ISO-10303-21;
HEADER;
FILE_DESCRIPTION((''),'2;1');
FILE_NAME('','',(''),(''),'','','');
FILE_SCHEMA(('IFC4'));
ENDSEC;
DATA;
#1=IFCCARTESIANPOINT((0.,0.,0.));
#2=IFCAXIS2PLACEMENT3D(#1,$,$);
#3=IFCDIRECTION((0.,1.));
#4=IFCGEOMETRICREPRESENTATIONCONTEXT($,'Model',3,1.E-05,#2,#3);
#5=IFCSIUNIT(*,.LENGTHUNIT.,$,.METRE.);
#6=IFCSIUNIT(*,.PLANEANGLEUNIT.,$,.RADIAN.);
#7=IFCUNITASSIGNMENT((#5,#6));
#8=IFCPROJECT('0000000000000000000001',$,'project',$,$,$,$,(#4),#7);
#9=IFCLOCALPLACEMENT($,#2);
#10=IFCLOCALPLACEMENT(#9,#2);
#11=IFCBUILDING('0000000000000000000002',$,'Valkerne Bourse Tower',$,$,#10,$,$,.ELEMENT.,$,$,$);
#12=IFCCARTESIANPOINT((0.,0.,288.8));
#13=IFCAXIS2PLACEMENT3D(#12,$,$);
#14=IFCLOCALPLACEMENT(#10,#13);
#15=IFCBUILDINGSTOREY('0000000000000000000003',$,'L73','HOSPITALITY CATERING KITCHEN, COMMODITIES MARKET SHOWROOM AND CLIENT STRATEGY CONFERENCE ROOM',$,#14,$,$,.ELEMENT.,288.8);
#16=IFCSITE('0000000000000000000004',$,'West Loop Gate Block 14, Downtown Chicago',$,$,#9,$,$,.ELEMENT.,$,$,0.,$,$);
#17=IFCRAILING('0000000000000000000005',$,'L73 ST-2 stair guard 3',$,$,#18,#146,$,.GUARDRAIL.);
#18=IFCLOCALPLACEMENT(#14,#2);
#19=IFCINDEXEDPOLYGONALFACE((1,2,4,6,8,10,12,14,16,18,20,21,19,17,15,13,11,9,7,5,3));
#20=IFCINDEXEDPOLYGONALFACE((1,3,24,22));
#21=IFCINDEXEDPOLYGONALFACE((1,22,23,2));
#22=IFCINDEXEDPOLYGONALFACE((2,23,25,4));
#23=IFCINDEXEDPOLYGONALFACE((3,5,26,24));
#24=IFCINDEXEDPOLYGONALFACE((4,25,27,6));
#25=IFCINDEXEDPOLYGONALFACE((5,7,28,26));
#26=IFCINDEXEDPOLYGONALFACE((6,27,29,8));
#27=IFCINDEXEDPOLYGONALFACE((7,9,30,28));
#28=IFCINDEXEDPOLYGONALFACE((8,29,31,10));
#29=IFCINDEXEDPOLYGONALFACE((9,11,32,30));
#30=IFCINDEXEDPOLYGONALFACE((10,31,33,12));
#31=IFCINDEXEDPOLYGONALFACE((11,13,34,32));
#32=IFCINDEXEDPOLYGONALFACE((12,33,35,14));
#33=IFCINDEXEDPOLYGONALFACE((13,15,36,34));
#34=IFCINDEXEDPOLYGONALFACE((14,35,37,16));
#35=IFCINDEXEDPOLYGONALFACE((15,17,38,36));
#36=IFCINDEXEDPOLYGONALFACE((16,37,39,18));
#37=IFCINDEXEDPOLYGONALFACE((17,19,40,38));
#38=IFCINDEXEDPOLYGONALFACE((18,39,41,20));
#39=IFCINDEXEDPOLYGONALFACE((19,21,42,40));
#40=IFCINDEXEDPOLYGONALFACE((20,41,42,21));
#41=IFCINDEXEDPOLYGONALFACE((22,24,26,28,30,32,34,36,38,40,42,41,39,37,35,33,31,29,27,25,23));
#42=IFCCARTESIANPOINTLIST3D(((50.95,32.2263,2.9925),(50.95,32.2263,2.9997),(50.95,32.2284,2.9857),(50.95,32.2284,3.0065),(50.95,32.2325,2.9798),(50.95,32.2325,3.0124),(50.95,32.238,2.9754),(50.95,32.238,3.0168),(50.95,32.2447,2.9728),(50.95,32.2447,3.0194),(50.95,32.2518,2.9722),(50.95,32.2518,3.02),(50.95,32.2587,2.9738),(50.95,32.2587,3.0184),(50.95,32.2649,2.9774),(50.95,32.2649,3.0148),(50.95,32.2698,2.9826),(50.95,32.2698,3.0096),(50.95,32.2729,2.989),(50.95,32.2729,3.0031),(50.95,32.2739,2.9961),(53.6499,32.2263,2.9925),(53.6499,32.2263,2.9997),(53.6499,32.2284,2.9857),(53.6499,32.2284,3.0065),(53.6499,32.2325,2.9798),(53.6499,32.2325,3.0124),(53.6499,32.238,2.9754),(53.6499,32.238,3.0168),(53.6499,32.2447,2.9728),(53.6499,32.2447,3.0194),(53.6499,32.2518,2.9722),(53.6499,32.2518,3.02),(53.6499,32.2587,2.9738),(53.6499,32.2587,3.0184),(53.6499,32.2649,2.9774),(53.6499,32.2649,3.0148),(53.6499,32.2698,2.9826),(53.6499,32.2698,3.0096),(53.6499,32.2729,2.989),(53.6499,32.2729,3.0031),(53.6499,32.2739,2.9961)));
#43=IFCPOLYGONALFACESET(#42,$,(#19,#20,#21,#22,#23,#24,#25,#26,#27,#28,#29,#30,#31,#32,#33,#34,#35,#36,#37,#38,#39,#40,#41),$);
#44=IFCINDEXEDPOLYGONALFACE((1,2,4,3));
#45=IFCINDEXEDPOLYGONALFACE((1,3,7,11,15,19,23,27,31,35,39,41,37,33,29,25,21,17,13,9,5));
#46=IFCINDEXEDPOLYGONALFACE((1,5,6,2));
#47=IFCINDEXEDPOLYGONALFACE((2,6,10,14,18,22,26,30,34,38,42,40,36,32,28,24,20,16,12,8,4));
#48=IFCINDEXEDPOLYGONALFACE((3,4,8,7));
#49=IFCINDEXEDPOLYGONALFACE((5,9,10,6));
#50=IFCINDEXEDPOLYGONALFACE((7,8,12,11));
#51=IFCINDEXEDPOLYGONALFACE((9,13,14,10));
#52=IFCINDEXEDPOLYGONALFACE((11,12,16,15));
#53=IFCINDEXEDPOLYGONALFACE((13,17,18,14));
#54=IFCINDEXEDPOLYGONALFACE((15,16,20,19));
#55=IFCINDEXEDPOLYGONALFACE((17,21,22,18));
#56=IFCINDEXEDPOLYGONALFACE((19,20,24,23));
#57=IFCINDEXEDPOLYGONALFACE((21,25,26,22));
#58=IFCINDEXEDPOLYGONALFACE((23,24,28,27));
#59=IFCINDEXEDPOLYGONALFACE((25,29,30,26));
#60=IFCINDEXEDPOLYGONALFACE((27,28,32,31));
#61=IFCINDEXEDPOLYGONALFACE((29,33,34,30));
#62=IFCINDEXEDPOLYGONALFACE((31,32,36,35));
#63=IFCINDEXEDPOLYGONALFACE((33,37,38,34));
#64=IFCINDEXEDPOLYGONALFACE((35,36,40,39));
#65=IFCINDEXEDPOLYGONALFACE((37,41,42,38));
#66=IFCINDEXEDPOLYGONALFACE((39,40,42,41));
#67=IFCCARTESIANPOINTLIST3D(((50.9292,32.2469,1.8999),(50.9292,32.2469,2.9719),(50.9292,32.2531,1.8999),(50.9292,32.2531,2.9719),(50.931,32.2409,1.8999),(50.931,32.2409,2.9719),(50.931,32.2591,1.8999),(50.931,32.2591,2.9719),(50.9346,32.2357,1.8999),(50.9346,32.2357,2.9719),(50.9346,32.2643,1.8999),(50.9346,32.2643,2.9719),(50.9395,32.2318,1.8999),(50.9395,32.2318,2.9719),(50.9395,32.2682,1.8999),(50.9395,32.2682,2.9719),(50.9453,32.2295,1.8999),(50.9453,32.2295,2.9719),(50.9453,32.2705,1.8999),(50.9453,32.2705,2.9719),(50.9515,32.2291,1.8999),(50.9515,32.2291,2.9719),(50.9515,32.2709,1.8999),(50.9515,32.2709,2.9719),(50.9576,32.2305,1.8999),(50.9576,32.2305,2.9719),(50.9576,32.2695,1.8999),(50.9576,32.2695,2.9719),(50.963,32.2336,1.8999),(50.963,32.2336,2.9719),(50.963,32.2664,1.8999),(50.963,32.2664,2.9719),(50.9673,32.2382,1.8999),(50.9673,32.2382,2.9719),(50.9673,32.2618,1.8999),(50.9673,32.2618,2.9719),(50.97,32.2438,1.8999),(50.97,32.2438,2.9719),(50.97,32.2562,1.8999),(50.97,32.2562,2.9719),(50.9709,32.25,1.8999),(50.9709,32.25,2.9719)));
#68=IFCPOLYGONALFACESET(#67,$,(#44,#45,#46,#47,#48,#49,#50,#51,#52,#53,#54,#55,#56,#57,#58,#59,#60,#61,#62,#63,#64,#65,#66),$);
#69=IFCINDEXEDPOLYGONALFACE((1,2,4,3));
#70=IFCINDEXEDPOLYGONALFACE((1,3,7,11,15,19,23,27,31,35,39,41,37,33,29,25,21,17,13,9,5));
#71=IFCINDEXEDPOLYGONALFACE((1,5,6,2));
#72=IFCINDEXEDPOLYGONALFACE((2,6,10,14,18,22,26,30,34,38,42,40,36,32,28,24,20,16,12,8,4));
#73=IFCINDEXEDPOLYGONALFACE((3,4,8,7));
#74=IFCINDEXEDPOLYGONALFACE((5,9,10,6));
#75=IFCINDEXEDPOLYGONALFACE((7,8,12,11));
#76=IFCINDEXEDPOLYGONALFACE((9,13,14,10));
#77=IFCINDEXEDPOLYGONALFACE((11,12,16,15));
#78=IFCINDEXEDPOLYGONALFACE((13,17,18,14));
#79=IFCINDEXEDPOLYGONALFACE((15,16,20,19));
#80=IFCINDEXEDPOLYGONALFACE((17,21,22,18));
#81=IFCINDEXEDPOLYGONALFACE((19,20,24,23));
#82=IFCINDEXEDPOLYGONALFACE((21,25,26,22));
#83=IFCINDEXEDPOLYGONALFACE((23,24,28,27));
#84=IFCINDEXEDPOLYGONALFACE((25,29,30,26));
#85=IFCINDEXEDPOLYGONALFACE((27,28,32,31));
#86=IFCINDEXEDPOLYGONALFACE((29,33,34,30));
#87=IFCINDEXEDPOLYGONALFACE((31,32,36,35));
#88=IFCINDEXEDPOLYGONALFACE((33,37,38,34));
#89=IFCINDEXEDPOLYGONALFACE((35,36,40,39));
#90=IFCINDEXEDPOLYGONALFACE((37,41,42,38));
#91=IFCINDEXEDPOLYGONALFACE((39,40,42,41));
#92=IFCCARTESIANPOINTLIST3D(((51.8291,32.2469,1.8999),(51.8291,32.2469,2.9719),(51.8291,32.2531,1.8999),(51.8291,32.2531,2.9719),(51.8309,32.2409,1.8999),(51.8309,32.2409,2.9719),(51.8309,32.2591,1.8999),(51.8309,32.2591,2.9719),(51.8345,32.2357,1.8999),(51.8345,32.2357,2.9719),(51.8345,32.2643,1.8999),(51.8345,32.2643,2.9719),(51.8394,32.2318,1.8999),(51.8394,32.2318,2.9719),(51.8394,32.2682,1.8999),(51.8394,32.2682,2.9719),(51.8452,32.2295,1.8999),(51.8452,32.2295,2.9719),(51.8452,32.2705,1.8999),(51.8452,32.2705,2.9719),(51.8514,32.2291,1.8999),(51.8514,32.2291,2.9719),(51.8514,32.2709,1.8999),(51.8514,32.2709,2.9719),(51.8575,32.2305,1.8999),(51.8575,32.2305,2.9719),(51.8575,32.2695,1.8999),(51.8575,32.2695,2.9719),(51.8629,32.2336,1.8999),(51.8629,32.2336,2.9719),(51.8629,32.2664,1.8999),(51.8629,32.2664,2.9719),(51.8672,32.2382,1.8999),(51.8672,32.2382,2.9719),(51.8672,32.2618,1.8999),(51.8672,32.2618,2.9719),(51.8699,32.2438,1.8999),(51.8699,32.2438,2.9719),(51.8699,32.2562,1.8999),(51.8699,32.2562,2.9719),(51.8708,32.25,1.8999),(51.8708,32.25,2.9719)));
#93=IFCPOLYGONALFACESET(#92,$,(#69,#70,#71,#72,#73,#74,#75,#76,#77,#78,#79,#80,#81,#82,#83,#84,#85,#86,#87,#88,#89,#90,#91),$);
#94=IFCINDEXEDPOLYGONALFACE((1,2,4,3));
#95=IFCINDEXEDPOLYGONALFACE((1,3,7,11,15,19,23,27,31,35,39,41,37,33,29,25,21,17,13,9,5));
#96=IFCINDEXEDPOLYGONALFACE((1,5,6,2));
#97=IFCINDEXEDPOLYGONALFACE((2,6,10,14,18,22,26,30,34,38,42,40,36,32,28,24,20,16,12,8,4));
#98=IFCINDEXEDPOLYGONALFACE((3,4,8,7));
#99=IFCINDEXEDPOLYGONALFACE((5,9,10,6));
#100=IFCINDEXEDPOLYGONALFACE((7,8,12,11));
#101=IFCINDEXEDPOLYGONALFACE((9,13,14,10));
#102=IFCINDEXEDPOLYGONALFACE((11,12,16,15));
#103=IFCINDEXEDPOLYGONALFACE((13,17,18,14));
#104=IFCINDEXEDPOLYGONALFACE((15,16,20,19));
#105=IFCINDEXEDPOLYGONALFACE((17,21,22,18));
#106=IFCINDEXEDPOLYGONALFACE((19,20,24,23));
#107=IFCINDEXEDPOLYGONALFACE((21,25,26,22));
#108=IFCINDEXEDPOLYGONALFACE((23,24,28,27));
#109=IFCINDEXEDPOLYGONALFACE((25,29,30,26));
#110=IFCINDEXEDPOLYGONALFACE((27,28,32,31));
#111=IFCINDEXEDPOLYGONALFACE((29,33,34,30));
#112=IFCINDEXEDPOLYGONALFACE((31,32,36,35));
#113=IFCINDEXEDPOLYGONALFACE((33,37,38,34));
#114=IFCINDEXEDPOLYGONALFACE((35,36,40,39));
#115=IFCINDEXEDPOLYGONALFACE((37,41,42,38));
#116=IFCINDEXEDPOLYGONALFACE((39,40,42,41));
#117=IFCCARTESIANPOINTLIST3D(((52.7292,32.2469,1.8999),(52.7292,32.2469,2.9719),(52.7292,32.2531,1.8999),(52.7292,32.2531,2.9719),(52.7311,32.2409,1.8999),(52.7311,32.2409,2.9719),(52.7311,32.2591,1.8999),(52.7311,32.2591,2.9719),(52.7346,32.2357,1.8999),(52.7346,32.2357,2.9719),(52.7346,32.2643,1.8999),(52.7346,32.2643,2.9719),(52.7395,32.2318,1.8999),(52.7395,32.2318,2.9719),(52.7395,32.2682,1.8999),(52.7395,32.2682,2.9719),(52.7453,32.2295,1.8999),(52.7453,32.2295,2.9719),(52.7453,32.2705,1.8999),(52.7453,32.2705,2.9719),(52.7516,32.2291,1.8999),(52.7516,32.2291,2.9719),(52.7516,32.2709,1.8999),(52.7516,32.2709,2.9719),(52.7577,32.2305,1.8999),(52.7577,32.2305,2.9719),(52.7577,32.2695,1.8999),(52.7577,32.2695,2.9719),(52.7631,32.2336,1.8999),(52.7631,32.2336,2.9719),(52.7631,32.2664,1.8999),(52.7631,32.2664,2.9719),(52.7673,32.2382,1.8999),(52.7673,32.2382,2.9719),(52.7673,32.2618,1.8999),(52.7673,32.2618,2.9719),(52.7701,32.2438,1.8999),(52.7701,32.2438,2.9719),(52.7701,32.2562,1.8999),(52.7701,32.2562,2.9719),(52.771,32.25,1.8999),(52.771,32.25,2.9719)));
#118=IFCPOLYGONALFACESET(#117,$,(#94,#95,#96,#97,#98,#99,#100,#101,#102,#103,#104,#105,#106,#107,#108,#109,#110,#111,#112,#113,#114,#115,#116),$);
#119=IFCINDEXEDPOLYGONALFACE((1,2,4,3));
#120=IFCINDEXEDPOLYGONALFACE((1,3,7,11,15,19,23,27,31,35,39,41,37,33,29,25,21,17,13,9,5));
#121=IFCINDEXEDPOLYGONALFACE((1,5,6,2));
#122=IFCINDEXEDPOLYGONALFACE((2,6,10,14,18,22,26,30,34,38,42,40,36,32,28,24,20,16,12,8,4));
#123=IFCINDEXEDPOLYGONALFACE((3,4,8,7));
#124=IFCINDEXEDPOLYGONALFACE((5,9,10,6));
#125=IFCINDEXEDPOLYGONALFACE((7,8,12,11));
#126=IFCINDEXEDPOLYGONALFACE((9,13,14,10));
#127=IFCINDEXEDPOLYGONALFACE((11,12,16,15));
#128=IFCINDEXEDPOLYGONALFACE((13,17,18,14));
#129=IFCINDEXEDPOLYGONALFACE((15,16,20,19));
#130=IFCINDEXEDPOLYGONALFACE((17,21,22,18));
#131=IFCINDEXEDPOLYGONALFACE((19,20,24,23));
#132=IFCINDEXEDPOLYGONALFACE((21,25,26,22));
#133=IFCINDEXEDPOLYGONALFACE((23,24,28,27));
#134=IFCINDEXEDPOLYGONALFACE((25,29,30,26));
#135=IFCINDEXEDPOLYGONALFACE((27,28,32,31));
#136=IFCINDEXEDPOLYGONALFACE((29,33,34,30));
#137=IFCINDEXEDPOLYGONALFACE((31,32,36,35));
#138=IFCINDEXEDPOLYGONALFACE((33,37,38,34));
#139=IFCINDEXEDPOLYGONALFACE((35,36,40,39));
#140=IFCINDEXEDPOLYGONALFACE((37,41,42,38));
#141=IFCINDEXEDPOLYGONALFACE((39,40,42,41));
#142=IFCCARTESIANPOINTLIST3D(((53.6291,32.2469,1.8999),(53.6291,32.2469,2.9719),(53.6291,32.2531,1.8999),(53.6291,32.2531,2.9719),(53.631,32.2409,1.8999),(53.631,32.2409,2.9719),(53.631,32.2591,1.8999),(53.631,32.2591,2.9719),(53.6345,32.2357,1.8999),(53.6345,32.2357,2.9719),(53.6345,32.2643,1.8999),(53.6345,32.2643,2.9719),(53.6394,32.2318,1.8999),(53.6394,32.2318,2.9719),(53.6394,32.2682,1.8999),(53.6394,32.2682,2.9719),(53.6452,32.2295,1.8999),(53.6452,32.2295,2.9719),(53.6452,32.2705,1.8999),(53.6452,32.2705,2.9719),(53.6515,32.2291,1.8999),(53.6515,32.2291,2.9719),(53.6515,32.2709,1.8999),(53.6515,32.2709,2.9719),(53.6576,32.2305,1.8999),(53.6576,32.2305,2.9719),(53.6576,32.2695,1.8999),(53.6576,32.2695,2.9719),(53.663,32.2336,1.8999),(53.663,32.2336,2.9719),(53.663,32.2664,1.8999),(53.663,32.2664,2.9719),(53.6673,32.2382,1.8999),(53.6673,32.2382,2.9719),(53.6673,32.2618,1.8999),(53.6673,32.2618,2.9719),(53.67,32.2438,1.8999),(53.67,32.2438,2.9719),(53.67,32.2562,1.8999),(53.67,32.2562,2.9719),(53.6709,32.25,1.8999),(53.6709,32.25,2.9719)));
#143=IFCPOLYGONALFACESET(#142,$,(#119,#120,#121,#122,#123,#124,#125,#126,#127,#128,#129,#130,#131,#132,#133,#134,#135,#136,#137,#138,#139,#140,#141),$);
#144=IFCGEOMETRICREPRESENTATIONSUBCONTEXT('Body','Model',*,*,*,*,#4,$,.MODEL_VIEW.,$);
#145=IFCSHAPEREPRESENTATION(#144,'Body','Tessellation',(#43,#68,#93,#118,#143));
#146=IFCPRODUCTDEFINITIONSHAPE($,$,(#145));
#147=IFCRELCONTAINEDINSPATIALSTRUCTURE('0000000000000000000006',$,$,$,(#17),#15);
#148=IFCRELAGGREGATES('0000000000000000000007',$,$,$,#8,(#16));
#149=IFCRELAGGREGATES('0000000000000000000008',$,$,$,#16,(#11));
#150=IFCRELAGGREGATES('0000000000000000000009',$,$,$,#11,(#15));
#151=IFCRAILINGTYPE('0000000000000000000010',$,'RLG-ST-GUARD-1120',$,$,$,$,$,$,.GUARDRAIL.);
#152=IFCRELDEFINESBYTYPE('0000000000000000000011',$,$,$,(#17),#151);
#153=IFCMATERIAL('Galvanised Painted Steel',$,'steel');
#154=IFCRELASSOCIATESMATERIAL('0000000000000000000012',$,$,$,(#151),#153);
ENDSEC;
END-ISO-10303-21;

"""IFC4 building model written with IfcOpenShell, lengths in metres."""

from ifc_helpers import new_model, si_unit, direction, frame, origin, origin_2d, place, context, subcontext, project, spatial, circle, extrude, material, type_object, element, save


model = new_model("IFC4")

# Units and contexts
model_context = context("Model", 3, precision=1e-05, world=origin(), true_north=direction((0.0, 1.0)))
body_context = subcontext(model_context, "Body", "Model", "MODEL_VIEW")
ifc_project = project(units=[si_unit("LENGTHUNIT", "METRE"), si_unit("PLANEANGLEUNIT", "RADIAN")], contexts=[model_context])

# Site, building, storey
site_placement = place(None, origin())
site = spatial("IfcSite", under=ifc_project, at=site_placement, Name="West Loop Gate Block 14, Downtown Chicago", CompositionType="ELEMENT", RefElevation=0.0)
building_placement = place(site_placement, origin())
building = spatial("IfcBuilding", under=site, at=building_placement, Name="Valkerne Bourse Tower", CompositionType="ELEMENT")
storey_placement = place(building_placement, frame((0.0, 0.0, 288.8)))
storey = spatial("IfcBuildingStorey", under=building, at=storey_placement, Name="L73", Description="HOSPITALITY CATERING KITCHEN, COMMODITIES MARKET SHOWROOM AND CLIENT STRATEGY CONFERENCE ROOM", CompositionType="ELEMENT", Elevation=288.8)

# Shared definitions
ifc_material_1 = material(Name="Galvanised Painted Steel", Category="steel")

# Railing
railing_type_1 = type_object("IfcRailingType", Name="RLG-ST-GUARD-1120", PredefinedType="GUARDRAIL", material=ifc_material_1)
for number, where, name in (
    (1, (50.95, 32.25, 1.8999), "L73 ST-2 stair guard 3"),
):
    element("IfcRailing", number, at=place(storey_placement, frame(where)), inside=storey, type_object=railing_type_1, Name=name, PredefinedType="GUARDRAIL", context=body_context, shape_type="SweptSolid", body=[
        extrude(circle(Radius=0.0239, at=origin_2d()), frame((0.0, 0.0, 1.0962), z_axis=(1.0, 0.0, 0.0), x_axis=(0.0, 1.0, 0.0)), (0.0, 0.0, 1.0), 2.7),
        extrude(circle(Radius=0.021, at=origin_2d()), origin(), (0.0, 0.0, 1.0), 1.072),
        extrude(circle(Radius=0.021, at=origin_2d()), frame((0.8999, 0.0, 0.0)), (0.0, 0.0, 1.0), 1.072),
        extrude(circle(Radius=0.021, at=origin_2d()), frame((1.8, 0.0, 0.0)), (0.0, 0.0, 1.0), 1.072),
        extrude(circle(Radius=0.021, at=origin_2d()), frame((2.7, 0.0, 0.0)), (0.0, 0.0, 1.0), 1.072),
    ])

save(model, "model.ifc")
